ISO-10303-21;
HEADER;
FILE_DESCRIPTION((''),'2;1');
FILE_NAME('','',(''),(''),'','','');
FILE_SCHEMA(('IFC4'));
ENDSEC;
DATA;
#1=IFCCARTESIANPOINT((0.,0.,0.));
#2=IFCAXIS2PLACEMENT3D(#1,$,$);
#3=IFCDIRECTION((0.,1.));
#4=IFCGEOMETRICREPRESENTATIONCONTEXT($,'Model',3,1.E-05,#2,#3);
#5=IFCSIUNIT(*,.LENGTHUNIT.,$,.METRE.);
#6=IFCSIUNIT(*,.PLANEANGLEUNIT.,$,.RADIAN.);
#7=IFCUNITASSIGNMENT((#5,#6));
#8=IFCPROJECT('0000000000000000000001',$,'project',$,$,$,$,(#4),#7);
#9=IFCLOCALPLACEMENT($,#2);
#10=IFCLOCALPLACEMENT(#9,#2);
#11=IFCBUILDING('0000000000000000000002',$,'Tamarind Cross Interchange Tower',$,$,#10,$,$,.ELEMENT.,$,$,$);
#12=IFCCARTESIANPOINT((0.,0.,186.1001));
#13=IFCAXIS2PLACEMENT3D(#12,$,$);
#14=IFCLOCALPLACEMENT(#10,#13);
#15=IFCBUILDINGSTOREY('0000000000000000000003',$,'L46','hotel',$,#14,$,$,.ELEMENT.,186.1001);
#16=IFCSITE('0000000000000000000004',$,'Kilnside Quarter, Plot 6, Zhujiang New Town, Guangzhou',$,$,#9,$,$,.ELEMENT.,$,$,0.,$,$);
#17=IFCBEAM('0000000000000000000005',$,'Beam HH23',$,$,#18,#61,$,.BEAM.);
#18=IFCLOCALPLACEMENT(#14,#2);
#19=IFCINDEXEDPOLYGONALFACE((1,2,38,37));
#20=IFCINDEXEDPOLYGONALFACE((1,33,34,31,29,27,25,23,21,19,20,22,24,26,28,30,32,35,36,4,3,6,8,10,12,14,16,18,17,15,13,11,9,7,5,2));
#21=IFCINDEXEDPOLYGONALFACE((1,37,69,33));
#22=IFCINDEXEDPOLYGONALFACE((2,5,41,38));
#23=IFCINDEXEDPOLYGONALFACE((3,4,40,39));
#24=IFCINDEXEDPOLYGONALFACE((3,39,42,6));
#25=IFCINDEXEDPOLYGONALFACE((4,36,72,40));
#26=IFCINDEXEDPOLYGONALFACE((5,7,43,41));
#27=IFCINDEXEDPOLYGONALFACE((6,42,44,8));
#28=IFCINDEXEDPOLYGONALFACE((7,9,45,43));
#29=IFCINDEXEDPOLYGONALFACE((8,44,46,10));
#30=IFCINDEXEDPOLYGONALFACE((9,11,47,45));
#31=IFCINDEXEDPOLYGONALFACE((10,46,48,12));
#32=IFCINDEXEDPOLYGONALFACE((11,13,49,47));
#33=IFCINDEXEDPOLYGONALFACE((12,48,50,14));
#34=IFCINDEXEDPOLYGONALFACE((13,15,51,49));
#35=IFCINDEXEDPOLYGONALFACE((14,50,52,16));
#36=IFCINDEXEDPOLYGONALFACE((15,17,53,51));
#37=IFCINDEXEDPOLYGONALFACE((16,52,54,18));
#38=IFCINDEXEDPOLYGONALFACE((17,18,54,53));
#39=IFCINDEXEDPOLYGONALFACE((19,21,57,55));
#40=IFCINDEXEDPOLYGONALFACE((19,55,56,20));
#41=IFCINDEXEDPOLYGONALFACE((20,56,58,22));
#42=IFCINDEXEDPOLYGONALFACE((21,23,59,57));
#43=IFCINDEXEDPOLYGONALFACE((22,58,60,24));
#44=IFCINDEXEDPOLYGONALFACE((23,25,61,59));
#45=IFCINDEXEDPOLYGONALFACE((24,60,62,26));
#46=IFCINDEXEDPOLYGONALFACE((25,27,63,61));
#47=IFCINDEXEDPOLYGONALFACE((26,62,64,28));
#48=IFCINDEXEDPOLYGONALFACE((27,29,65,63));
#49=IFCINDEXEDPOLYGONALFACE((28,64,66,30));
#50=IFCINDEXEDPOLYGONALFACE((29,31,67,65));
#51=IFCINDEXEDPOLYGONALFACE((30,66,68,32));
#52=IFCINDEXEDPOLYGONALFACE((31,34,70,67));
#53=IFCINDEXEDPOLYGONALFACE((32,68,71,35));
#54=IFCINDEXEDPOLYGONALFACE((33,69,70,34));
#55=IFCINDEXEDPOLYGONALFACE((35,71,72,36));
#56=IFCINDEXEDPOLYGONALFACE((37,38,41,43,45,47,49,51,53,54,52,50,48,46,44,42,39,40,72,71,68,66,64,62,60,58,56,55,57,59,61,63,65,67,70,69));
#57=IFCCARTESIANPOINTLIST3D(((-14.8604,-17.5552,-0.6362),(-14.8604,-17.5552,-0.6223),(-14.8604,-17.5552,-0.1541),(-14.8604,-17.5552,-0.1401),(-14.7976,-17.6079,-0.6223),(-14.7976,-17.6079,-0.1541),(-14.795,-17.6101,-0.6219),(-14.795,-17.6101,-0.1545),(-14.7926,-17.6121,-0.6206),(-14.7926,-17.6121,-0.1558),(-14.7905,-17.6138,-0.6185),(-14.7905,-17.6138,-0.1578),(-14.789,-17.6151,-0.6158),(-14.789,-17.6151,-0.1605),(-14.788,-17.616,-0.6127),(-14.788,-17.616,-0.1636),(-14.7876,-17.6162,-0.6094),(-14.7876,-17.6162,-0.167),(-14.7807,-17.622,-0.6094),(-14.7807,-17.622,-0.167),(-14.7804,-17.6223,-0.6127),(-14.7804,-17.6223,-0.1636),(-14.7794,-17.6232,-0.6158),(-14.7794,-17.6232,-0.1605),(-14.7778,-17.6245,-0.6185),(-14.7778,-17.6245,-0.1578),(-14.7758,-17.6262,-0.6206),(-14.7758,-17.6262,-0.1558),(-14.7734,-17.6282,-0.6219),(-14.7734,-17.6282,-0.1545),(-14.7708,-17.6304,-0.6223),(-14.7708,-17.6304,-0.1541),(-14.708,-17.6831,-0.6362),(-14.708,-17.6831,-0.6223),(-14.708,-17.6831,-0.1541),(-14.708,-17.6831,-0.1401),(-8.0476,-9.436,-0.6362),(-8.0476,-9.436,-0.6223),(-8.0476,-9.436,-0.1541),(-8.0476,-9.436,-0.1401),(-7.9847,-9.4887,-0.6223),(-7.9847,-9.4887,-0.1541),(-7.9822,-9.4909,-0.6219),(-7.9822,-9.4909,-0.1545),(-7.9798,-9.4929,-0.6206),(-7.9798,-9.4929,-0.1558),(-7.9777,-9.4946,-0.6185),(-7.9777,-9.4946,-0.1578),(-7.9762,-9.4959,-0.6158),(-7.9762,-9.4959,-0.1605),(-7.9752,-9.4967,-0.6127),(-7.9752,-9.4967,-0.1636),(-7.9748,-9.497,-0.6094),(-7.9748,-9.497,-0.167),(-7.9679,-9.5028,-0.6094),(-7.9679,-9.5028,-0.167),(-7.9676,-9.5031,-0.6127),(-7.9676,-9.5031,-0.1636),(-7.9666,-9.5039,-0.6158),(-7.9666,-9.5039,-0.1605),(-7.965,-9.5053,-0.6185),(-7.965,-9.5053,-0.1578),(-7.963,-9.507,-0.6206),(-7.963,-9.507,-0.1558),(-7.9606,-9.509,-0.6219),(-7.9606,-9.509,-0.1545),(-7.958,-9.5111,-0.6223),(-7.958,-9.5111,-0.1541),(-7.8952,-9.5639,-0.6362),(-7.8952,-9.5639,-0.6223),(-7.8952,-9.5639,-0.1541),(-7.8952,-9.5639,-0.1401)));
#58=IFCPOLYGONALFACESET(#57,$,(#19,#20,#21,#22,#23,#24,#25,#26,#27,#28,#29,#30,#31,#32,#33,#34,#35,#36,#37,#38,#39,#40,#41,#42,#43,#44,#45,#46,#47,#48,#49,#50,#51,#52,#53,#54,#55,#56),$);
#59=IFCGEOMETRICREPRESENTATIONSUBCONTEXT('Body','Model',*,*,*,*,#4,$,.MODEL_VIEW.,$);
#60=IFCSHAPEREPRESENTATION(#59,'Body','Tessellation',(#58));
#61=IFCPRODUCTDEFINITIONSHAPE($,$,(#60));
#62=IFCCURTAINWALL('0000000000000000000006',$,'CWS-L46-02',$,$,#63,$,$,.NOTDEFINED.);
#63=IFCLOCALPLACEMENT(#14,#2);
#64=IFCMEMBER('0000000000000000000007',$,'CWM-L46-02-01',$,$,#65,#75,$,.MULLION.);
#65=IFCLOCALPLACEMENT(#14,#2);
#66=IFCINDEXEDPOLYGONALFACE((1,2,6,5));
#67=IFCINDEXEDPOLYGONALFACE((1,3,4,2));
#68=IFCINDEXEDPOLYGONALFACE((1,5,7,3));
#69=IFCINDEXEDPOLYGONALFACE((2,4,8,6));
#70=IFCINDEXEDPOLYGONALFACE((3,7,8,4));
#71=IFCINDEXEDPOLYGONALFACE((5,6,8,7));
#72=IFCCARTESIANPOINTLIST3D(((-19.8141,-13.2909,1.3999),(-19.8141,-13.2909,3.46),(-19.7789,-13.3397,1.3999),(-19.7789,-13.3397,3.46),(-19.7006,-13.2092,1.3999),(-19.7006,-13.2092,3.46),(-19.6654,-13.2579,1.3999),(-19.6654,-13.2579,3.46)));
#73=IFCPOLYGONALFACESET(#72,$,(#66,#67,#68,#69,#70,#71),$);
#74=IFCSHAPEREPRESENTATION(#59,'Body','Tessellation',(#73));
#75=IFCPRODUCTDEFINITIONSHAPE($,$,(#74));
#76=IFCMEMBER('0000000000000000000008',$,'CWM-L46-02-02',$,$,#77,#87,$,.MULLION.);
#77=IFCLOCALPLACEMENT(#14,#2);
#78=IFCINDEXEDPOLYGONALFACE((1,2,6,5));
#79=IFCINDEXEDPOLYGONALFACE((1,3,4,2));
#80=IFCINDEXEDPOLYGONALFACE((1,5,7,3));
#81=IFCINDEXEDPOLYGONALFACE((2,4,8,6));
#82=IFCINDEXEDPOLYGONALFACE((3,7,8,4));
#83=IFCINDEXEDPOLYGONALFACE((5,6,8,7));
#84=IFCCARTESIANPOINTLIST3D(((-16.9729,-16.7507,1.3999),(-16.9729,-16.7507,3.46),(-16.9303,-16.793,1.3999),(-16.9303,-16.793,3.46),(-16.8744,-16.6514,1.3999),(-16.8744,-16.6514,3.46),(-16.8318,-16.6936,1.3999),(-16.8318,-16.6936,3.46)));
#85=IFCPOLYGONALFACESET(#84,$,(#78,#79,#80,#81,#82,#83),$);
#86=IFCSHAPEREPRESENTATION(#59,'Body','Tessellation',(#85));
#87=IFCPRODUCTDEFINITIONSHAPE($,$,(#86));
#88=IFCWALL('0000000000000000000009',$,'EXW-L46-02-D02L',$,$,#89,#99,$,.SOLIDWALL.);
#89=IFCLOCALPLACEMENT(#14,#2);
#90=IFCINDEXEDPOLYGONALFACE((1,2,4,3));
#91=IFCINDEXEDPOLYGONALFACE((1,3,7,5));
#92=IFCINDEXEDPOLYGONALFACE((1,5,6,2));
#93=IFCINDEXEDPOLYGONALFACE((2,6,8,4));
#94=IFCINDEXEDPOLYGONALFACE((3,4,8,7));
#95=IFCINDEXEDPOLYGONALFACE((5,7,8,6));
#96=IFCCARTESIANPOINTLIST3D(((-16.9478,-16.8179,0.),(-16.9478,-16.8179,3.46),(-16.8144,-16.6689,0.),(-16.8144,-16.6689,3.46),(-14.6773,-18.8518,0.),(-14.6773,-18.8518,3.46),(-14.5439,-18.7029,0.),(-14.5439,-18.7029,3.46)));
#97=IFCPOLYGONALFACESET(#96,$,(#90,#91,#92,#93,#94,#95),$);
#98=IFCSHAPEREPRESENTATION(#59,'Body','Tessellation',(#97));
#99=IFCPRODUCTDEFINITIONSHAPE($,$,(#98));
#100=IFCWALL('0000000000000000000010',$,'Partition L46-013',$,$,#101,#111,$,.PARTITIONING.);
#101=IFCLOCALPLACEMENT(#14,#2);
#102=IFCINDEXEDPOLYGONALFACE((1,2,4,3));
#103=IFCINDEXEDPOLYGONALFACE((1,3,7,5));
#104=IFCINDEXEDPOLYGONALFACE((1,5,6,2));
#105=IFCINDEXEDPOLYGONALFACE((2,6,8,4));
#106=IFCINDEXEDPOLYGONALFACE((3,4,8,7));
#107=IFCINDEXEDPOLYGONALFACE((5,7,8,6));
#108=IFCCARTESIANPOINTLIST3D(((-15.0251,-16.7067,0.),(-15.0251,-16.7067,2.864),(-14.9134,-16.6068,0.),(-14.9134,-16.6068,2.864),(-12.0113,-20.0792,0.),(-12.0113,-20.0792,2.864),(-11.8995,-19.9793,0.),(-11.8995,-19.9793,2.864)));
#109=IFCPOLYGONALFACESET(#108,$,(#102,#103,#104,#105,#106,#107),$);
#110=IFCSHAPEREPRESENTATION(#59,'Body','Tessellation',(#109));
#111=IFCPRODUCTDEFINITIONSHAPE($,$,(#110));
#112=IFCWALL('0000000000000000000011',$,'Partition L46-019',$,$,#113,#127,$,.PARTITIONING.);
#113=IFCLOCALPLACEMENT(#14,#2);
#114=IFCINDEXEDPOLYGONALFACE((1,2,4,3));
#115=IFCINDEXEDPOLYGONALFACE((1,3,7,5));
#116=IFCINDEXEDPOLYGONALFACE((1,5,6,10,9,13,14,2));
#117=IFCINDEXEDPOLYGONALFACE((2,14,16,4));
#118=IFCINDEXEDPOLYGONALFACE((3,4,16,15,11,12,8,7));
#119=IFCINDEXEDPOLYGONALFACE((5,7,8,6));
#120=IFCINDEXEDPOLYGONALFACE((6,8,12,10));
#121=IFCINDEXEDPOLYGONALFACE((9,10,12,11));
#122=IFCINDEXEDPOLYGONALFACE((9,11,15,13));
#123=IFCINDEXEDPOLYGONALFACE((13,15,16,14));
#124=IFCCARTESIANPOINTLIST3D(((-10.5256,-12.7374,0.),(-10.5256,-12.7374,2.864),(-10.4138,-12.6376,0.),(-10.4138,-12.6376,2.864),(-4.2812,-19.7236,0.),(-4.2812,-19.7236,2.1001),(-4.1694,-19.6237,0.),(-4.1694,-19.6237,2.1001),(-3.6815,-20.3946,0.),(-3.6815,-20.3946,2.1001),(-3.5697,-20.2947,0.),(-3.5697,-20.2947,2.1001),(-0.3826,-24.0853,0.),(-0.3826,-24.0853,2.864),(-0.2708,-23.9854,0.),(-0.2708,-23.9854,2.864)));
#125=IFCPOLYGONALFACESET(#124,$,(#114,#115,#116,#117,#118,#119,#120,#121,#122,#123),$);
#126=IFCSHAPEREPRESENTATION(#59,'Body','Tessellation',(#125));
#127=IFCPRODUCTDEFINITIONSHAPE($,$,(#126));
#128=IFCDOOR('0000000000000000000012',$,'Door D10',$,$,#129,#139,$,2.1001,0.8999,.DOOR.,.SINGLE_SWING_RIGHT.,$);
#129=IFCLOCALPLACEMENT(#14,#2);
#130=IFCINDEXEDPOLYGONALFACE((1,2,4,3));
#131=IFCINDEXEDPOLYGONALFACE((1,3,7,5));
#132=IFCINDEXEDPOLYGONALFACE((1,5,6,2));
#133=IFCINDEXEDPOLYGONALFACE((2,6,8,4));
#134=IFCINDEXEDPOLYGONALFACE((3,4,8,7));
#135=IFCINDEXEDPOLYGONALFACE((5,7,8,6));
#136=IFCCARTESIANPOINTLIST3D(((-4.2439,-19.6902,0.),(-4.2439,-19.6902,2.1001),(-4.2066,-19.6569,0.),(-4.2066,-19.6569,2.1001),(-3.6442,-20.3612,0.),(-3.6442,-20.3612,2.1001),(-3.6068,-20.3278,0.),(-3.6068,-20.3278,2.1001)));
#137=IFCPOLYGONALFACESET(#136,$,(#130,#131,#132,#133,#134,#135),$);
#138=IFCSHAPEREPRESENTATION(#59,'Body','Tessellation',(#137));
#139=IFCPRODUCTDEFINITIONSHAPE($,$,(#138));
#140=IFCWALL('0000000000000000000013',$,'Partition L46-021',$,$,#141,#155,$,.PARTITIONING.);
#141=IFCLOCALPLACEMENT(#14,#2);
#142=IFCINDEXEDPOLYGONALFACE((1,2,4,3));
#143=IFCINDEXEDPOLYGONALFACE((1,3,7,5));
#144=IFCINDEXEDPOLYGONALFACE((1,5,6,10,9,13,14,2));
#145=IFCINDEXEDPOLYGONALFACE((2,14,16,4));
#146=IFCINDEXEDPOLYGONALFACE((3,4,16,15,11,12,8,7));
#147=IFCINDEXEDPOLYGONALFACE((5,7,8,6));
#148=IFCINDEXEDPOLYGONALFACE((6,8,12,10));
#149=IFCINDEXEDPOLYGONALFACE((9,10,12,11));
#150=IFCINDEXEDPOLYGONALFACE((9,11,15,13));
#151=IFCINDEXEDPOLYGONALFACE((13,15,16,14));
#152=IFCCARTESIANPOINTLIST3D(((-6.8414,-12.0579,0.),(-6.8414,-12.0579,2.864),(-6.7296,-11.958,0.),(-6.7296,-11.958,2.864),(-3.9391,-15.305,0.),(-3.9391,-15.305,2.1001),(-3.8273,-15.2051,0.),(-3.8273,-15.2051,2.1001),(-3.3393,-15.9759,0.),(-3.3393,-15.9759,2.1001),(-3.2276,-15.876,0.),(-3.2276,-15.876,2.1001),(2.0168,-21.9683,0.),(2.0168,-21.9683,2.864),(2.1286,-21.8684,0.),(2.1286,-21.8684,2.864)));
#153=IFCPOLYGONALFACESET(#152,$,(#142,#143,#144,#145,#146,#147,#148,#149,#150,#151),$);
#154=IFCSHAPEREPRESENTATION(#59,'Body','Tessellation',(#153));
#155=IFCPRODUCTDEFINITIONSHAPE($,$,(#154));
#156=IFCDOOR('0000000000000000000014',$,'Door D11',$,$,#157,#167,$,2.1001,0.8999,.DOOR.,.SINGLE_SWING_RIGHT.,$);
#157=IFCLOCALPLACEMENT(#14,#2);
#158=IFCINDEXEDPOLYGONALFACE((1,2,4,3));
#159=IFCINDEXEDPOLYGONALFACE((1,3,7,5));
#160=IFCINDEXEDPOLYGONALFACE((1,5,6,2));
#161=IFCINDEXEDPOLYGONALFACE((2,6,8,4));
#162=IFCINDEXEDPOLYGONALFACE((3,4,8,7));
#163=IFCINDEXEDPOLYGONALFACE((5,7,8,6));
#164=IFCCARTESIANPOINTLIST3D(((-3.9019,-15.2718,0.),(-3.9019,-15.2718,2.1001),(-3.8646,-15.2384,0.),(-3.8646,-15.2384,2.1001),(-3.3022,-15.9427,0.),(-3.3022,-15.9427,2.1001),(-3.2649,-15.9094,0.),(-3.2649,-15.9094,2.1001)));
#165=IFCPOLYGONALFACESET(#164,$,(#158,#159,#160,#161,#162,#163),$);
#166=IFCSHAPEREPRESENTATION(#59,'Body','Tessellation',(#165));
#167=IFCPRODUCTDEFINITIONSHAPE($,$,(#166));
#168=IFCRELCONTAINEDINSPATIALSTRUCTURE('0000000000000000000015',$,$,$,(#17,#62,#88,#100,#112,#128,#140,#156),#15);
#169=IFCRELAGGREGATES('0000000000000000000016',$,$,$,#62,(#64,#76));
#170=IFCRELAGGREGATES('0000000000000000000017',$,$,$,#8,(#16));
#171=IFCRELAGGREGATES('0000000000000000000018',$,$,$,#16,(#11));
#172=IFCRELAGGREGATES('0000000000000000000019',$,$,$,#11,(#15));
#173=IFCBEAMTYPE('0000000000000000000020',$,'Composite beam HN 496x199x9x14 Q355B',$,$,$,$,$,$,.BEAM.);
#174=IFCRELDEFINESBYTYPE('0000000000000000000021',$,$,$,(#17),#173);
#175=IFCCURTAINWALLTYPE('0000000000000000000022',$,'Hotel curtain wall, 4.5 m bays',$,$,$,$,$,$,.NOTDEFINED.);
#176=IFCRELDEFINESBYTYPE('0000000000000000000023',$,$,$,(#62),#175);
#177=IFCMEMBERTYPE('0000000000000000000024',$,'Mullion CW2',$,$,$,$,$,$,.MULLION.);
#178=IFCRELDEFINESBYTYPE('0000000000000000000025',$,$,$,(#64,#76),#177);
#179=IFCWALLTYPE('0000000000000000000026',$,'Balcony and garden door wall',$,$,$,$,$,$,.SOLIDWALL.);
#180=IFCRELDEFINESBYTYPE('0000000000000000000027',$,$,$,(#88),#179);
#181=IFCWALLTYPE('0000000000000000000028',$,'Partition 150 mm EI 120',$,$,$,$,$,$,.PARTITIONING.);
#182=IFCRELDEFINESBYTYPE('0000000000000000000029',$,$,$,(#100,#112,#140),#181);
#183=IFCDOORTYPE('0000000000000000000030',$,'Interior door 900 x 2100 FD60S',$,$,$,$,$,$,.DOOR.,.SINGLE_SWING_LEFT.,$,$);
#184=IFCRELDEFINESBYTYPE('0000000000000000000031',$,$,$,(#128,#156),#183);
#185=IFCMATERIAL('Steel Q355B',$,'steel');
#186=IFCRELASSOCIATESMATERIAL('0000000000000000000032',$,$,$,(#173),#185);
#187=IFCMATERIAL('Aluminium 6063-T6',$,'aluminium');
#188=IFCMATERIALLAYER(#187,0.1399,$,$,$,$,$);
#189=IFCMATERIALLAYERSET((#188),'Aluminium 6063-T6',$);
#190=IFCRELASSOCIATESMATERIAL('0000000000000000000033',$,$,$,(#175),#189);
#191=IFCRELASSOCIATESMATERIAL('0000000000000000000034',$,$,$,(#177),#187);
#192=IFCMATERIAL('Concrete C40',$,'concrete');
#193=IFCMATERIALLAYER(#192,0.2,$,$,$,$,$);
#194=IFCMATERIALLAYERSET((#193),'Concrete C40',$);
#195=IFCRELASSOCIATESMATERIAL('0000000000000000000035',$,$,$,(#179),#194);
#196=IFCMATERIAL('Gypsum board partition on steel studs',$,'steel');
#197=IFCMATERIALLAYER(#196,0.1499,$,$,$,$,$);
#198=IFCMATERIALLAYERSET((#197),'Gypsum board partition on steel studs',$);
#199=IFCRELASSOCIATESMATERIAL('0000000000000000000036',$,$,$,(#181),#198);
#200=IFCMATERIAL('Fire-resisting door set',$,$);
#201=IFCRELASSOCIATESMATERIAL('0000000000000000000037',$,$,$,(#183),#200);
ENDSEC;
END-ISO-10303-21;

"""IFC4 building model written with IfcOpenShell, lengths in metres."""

from ifc_helpers import new_model, si_unit, direction, frame, frame_2d, origin, origin_2d, place, context, subcontext, project, spatial, rectangle, i_section, extrude, material, layer, layer_set, material_profile, profile_set, type_object, element, fill, aggregate, save


model = new_model("IFC4")

# Units and contexts
model_context = context("Model", 3, precision=1e-05, world=origin(), true_north=direction((0.0, 1.0)))
body_context = subcontext(model_context, "Body", "Model", "MODEL_VIEW")
ifc_project = project(units=[si_unit("LENGTHUNIT", "METRE"), si_unit("PLANEANGLEUNIT", "RADIAN")], contexts=[model_context])

# Site, building, storey
site_placement = place(None, origin())
site = spatial("IfcSite", under=ifc_project, at=site_placement, Name="Kilnside Quarter, Plot 6, Zhujiang New Town, Guangzhou", CompositionType="ELEMENT", RefElevation=0.0)
building_placement = place(site_placement, origin())
building = spatial("IfcBuilding", under=site, at=building_placement, Name="Tamarind Cross Interchange Tower", CompositionType="ELEMENT")
storey_placement = place(building_placement, frame((0.0, 0.0, 186.1001)))
storey = spatial("IfcBuildingStorey", under=building, at=storey_placement, Name="L46", Description="hotel", CompositionType="ELEMENT", Elevation=186.1001)

# Beam
ifc_material_1 = material(Name="Steel Q355B", Category="steel")
ifc_material_profile_1 = material_profile(ifc_material_1, i_section(OverallWidth=0.199, OverallDepth=0.4961, WebThickness=0.009, FlangeThickness=0.0139, FilletRadius=0.0129, at=origin_2d()), Name="HN 496x199x9x14")
ifc_profile_set_1 = profile_set([ifc_material_profile_1], Name="Steel Q355B")
beam_type = type_object("IfcBeamType", Name="Composite beam HN 496x199x9x14 Q355B", PredefinedType="BEAM", material=ifc_profile_set_1)
beam_1_placement = place(storey_placement, frame((-14.7842, -17.6191, -0.3882), z_axis=(0.642786, 0.766046, 0.0), x_axis=(-0.766046, 0.642786, 0.0)))
element("IfcBeam", 1, at=beam_1_placement, inside=storey, type_object=beam_type, Name="Beam HH23", PredefinedType="BEAM", context=body_context, shape_type="SweptSolid", body=[
    extrude(i_section(OverallWidth=0.199, OverallDepth=0.4961, WebThickness=0.009, FlangeThickness=0.0139, FilletRadius=0.0129, at=origin_2d()), origin(), (0.0, 0.0, 1.0), 10.5989),
])

# Curtain wall, members
ifc_material_2 = material(Name="Aluminium 6063-T6", Category="aluminium")
ifc_layer_1 = layer(ifc_material_2, 0.1399)
ifc_layer_set_1 = layer_set([ifc_layer_1], Name="Aluminium 6063-T6")
curtain_wall_type = type_object("IfcCurtainWallType", Name="Hotel curtain wall, 4.5 m bays", PredefinedType="NOTDEFINED", material=ifc_layer_set_1)
curtain_wall_placement = place(storey_placement, origin())
curtain_wall = element("IfcCurtainWall", 2, at=curtain_wall_placement, inside=storey, type_object=curtain_wall_type, Name="CWS-L46-02", PredefinedType="NOTDEFINED")
ifc_material_profile_2 = material_profile(ifc_material_2, rectangle(XDim=0.0601, YDim=0.1399, at=origin_2d()), Name="Mullion CW2")
ifc_profile_set_2 = profile_set([ifc_material_profile_2], Name="Aluminium 6063-T6")
member_type = type_object("IfcMemberType", Name="Mullion CW2", PredefinedType="MULLION", material=ifc_profile_set_2)
member_1_placement = place(storey_placement, frame((-19.7397, -13.2744, 1.3999), z_axis=(0.0, 0.0, 1.0), x_axis=(0.584574, -0.81134, 0.0)))
member_1 = element("IfcMember", 3, at=member_1_placement, type_object=member_type, Name="CWM-L46-02-01", PredefinedType="MULLION", context=body_context, shape_type="SweptSolid", body=[
    extrude(rectangle(XDim=0.0601, YDim=0.1399, at=origin_2d()), origin(), (0.0, 0.0, 1.0), 2.0601),
])
member_2_placement = place(storey_placement, frame((-16.9023, -16.7222, 1.3999), z_axis=(0.0, 0.0, 1.0), x_axis=(0.710143, -0.704057, 0.0)))
member_2 = element("IfcMember", 4, at=member_2_placement, type_object=member_type, Name="CWM-L46-02-02", PredefinedType="MULLION", context=body_context, shape_type="SweptSolid", body=[
    extrude(rectangle(XDim=0.0601, YDim=0.1399, at=origin_2d()), origin(), (0.0, 0.0, 1.0), 2.0601),
])
aggregate(curtain_wall, [member_1, member_2])

# Wall
ifc_material_3 = material(Name="Concrete C40", Category="concrete")
ifc_layer_2 = layer(ifc_material_3, 0.2)
ifc_layer_set_2 = layer_set([ifc_layer_2], Name="Concrete C40")
wall_type_1 = type_object("IfcWallType", Name="Balcony and garden door wall", PredefinedType="SOLIDWALL", material=ifc_layer_set_2)
wall_1_placement = place(storey_placement, frame((-16.8811, -16.7434, 0.0), z_axis=(0.0, 0.0, 1.0), x_axis=(0.744845, -0.667237, 0.0)))
element("IfcWall", 5, at=wall_1_placement, inside=storey, type_object=wall_type_1, Name="EXW-L46-02-D02L", PredefinedType="SOLIDWALL", context=body_context, shape_type="SweptSolid", body=[
    extrude(rectangle(XDim=3.0483, YDim=0.2, at=frame_2d((1.5242, 0.0))), origin(), (0.0, 0.0, 1.0), 3.46),
])

# Wall
ifc_material_4 = material(Name="Gypsum board partition on steel studs", Category="steel")
ifc_layer_3 = layer(ifc_material_4, 0.1499)
ifc_layer_set_3 = layer_set([ifc_layer_3], Name="Gypsum board partition on steel studs")
wall_type_2 = type_object("IfcWallType", Name="Partition 150 mm EI 120", PredefinedType="PARTITIONING", material=ifc_layer_set_3)
wall_2_placement = place(storey_placement, frame((-14.9692, -16.6567, 0.0), z_axis=(0.0, 0.0, 1.0), x_axis=(0.666348, -0.745641, 0.0)))
element("IfcWall", 6, at=wall_2_placement, inside=storey, type_object=wall_type_2, Name="Partition L46-013", PredefinedType="PARTITIONING", context=body_context, shape_type="SweptSolid", body=[
    extrude(rectangle(XDim=4.5229, YDim=0.1499, at=frame_2d((2.2615, 0.0))), origin(), (0.0, 0.0, 1.0), 2.864),
])

# Walls, openings, doors
wall_3_placement = place(storey_placement, frame((-10.4697, -12.6875, 0.0), z_axis=(0.0, 0.0, 1.0), x_axis=(0.666418, -0.745578, 0.0)))
wall_3 = element("IfcWall", 7, at=wall_3_placement, inside=storey, type_object=wall_type_2, Name="Partition L46-019", PredefinedType="PARTITIONING", context=body_context, shape_type="SweptSolid", body=[
    extrude(rectangle(XDim=15.2202, YDim=0.1499, at=frame_2d((7.6101, 0.0))), origin(), (0.0, 0.0, 1.0), 2.864),
])
opening_1_placement = place(wall_3_placement, frame((9.3701, 0.0, 0.0)))
opening_1 = element("IfcOpeningElement", 8, at=opening_1_placement, cuts=wall_3, PredefinedType="OPENING", context=body_context, shape_type="SweptSolid", body=[
    extrude(rectangle(XDim=0.8999, YDim=2.1001, at=frame_2d((0.45, 1.05))), frame((0.0, 0.085, 0.0), z_axis=(0.0, -1.0, 0.0), x_axis=(1.0, 0.0, 0.0)), (0.0, 0.0, 1.0), 0.1699),
])
ifc_material_5 = material(Name="Fire-resisting door set")
door_type_1 = type_object("IfcDoorType", Name="Interior door 900 x 2100 FD60S", OperationType="SINGLE_SWING_LEFT", PredefinedType="DOOR", material=ifc_material_5)
door_1_placement = place(opening_1_placement, frame((0.8999, 0.0, 0.0), z_axis=(0.0, 0.0, 1.0), x_axis=(-1.0, 0.0, 0.0)))
door_1 = element("IfcDoor", 9, at=door_1_placement, inside=storey, type_object=door_type_1, Name="Door D10", OperationType="SINGLE_SWING_RIGHT", OverallHeight=2.1001, OverallWidth=0.8999, PredefinedType="DOOR", context=body_context, shape_type="SweptSolid", body=[
    extrude(rectangle(XDim=0.8999, YDim=2.1001, at=frame_2d((0.45, 1.05))), frame((0.0, 0.0249, 0.0), z_axis=(0.0, -1.0, 0.0), x_axis=(1.0, 0.0, 0.0)), (0.0, 0.0, 1.0), 0.05),
])
fill(opening_1, door_1)
wall_4_placement = place(storey_placement, frame((-6.7854, -12.0081, 0.0), z_axis=(0.0, 0.0, 1.0), x_axis=(0.666417, -0.745579, 0.0)))
wall_4 = element("IfcWall", 10, at=wall_4_placement, inside=storey, type_object=wall_type_2, Name="Partition L46-021", PredefinedType="PARTITIONING", context=body_context, shape_type="SweptSolid", body=[
    extrude(rectangle(XDim=13.2922, YDim=0.1499, at=frame_2d((6.646, 0.0))), origin(), (0.0, 0.0, 1.0), 2.864),
])
opening_2_placement = place(wall_4_placement, frame((4.355, 0.0, 0.0)))
opening_2 = element("IfcOpeningElement", 11, at=opening_2_placement, cuts=wall_4, PredefinedType="OPENING", context=body_context, shape_type="SweptSolid", body=[
    extrude(rectangle(XDim=0.8999, YDim=2.1001, at=frame_2d((0.45, 1.05))), frame((0.0, 0.085, 0.0), z_axis=(0.0, -1.0, 0.0), x_axis=(1.0, 0.0, 0.0)), (0.0, 0.0, 1.0), 0.1699),
])
door_2_placement = place(opening_2_placement, origin())
door_2 = element("IfcDoor", 12, at=door_2_placement, inside=storey, type_object=door_type_1, Name="Door D11", OperationType="SINGLE_SWING_RIGHT", OverallHeight=2.1001, OverallWidth=0.8999, PredefinedType="DOOR", context=body_context, shape_type="SweptSolid", body=[
    extrude(rectangle(XDim=0.8999, YDim=2.1001, at=frame_2d((0.45, 1.05))), frame((0.0, 0.0249, 0.0), z_axis=(0.0, -1.0, 0.0), x_axis=(1.0, 0.0, 0.0)), (0.0, 0.0, 1.0), 0.05),
])
fill(opening_2, door_2)

save(model, "model.ifc")
